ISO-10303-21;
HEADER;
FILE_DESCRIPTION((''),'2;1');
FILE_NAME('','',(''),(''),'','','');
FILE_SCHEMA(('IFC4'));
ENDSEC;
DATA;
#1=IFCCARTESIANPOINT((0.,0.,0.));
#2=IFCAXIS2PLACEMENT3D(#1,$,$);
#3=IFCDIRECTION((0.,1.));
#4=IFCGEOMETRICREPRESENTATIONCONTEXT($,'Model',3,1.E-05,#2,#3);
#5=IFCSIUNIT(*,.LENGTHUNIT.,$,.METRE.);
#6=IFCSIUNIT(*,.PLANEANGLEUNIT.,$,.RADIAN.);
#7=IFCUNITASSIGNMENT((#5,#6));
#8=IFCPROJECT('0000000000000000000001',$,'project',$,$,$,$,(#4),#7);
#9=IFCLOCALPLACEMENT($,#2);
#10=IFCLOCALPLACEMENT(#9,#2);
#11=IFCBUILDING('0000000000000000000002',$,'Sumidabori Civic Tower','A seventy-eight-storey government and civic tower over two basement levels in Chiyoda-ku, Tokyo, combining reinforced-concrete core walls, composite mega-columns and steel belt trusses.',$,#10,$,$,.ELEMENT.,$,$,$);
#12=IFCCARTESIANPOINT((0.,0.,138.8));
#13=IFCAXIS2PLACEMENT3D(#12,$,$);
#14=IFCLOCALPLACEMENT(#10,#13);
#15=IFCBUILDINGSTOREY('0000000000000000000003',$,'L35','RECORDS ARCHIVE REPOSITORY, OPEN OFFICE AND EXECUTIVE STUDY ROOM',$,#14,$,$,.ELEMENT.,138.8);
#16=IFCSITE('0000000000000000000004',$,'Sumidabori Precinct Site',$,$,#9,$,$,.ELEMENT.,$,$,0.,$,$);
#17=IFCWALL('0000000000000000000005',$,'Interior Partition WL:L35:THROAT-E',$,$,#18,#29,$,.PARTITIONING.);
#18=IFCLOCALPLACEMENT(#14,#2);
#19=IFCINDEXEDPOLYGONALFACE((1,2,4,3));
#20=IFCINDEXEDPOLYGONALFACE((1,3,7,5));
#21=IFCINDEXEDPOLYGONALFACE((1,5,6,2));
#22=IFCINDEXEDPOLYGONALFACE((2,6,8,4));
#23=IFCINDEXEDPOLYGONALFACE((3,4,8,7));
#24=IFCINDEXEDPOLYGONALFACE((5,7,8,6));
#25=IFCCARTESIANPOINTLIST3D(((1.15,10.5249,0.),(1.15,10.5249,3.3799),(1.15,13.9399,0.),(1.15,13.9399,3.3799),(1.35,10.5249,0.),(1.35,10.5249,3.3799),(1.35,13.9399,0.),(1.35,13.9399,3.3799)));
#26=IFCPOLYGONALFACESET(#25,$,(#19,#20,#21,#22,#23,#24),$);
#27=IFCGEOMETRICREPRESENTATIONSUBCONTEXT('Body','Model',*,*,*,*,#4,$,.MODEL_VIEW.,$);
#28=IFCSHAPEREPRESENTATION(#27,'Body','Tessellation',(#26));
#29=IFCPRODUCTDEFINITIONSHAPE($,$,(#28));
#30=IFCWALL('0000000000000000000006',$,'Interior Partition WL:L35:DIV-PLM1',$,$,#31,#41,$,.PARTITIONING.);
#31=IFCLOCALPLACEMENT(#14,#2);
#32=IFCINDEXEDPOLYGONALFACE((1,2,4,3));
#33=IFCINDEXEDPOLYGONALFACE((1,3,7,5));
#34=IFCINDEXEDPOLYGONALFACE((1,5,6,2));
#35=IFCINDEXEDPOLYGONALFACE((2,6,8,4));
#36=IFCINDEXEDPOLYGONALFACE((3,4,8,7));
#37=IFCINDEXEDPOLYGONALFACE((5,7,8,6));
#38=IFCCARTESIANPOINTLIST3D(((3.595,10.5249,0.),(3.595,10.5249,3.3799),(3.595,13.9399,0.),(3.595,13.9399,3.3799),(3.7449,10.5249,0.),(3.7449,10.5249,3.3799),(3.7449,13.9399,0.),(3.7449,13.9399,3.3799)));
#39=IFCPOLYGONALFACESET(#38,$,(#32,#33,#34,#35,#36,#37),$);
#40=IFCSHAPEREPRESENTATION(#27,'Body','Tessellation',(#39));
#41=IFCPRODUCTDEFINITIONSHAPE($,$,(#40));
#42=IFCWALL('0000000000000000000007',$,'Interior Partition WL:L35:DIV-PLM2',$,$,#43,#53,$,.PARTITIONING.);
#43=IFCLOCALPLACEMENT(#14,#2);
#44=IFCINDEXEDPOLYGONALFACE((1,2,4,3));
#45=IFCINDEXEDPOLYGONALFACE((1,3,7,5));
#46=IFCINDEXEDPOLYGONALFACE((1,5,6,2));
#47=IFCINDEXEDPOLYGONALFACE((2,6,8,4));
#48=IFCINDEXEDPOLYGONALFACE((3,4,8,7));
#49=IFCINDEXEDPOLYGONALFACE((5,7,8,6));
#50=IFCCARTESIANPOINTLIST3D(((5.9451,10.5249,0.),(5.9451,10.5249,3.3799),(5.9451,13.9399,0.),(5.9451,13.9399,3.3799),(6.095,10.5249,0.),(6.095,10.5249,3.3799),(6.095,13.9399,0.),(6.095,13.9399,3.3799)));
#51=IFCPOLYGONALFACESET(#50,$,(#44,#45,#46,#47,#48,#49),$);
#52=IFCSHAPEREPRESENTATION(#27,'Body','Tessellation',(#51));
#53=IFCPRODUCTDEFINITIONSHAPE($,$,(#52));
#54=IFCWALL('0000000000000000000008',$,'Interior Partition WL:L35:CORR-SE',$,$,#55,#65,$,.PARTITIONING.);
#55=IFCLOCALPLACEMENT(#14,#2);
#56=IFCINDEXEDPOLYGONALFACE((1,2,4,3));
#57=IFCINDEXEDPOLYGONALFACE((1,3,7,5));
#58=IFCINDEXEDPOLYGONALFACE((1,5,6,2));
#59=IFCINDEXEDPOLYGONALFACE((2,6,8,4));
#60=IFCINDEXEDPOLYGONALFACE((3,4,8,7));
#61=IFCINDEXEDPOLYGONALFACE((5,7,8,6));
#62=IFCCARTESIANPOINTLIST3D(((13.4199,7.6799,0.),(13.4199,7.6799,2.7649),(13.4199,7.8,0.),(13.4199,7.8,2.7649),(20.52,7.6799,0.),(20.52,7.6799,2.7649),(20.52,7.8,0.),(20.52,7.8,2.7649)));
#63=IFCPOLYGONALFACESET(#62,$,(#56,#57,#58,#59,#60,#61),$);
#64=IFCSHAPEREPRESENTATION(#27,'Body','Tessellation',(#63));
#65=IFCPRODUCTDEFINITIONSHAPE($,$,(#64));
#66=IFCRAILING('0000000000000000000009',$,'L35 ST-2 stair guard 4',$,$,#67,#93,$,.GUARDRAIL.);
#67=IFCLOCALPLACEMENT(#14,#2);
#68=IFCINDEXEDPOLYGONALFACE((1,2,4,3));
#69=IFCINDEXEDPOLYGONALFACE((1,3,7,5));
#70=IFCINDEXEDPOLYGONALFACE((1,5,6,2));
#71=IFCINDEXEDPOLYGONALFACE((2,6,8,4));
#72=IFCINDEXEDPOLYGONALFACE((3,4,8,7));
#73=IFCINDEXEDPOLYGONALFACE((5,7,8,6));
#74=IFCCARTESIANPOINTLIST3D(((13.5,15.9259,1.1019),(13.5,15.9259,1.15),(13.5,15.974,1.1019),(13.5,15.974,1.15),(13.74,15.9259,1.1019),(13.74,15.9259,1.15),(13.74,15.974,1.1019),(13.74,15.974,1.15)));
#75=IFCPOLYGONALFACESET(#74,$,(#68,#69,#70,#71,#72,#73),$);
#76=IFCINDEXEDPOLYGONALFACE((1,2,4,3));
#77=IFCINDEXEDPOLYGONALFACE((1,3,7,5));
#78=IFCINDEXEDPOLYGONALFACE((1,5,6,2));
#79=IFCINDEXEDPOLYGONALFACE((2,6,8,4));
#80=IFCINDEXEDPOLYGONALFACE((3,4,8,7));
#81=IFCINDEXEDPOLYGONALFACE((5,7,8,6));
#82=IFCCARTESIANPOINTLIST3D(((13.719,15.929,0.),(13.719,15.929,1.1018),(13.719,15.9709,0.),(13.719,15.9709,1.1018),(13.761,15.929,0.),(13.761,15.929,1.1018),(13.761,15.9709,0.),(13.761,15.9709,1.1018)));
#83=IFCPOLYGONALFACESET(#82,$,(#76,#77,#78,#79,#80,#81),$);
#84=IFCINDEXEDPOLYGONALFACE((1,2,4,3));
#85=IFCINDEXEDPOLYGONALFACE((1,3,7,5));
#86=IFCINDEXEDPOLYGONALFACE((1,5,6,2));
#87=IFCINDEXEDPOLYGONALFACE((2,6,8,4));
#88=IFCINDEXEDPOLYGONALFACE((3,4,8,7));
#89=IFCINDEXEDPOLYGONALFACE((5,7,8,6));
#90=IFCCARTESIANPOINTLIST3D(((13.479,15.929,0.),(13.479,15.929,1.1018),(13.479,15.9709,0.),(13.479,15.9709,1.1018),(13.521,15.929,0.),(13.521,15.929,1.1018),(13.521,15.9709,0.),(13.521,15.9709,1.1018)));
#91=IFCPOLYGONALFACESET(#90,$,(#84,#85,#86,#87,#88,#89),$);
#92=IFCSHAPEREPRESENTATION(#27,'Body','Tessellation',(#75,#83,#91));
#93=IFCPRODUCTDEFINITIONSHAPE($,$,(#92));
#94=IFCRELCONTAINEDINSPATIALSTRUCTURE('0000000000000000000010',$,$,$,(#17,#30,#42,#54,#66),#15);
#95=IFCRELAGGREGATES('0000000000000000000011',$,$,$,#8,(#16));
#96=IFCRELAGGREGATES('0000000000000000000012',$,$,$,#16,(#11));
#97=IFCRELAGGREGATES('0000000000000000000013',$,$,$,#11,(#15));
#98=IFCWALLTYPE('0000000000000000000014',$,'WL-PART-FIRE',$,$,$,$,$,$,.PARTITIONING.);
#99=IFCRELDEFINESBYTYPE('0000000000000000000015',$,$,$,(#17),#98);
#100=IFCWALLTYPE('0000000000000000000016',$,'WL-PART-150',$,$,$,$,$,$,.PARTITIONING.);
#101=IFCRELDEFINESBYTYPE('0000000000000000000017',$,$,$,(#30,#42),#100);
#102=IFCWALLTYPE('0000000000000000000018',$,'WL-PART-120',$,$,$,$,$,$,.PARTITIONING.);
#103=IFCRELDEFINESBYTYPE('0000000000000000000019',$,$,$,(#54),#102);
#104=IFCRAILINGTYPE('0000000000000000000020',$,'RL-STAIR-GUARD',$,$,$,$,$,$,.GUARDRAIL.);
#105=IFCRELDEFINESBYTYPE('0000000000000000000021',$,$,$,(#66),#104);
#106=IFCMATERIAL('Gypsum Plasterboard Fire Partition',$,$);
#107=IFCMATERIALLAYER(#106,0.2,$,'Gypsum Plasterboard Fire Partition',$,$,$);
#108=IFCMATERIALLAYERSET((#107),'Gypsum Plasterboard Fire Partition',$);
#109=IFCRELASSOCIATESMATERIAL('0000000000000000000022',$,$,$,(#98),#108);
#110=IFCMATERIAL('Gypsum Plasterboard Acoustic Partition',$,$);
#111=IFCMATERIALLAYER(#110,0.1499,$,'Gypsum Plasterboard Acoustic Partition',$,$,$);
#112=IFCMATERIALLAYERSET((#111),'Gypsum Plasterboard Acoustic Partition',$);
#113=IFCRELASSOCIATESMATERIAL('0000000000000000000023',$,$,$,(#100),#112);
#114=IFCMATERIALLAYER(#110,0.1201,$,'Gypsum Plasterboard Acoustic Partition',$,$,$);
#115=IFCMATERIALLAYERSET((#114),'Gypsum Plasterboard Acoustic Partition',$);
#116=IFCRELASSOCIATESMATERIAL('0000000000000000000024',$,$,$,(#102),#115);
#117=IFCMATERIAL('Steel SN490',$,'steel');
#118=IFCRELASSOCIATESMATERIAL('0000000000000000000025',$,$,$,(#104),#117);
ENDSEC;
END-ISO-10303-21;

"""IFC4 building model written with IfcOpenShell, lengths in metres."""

from ifc_helpers import new_model, si_unit, direction, frame, frame_2d, origin, origin_2d, place, context, subcontext, project, spatial, rectangle, extrude, source, transform, mapped, material, layer, layer_set, type_object, element, save


model = new_model("IFC4")

# Units and contexts
model_context = context("Model", 3, precision=1e-05, world=origin(), true_north=direction((0.0, 1.0)))
body_context = subcontext(model_context, "Body", "Model", "MODEL_VIEW")
ifc_project = project(units=[si_unit("LENGTHUNIT", "METRE"), si_unit("PLANEANGLEUNIT", "RADIAN")], contexts=[model_context])

# Site, building, storey
site_placement = place(None, origin())
site = spatial("IfcSite", under=ifc_project, at=site_placement, Name="Sumidabori Precinct Site", CompositionType="ELEMENT", RefElevation=0.0)
building_placement = place(site_placement, origin())
building = spatial("IfcBuilding", under=site, at=building_placement, Name="Sumidabori Civic Tower", Description="A seventy-eight-storey government and civic tower over two basement levels in Chiyoda-ku, Tokyo, combining reinforced-concrete core walls, composite mega-columns and steel belt trusses.", CompositionType="ELEMENT")
storey_placement = place(building_placement, frame((0.0, 0.0, 138.8)))
storey = spatial("IfcBuildingStorey", under=building, at=storey_placement, Name="L35", Description="RECORDS ARCHIVE REPOSITORY, OPEN OFFICE AND EXECUTIVE STUDY ROOM", CompositionType="ELEMENT", Elevation=138.8)

# Shared definitions
ifc_material_1 = material(Name="Steel SN490", Category="steel")

# Shared definitions
ifc_material_2 = material(Name="Gypsum Plasterboard Fire Partition")
ifc_layer_1 = layer(ifc_material_2, 0.2, Name="Gypsum Plasterboard Fire Partition")
ifc_layer_set_1 = layer_set([ifc_layer_1], Name="Gypsum Plasterboard Fire Partition")
wall_type_1 = type_object("IfcWallType", Name="WL-PART-FIRE", PredefinedType="PARTITIONING", material=ifc_layer_set_1)

# Walls
shared_shape_1 = source(origin(), body_context, "Body", "SweptSolid", [
    extrude(rectangle(XDim=3.415, YDim=0.2, at=frame_2d((1.7075, 0.0))), origin(), (0.0, 0.0, 1.0), 3.3799),
])
wall_1_placement = place(storey_placement, frame((1.25, 10.5249, 0.0), z_axis=(0.0, 0.0, 1.0), x_axis=(0.0, 1.0, 0.0)))
element("IfcWall", 1, at=wall_1_placement, inside=storey, type_object=wall_type_1, Name="Interior Partition WL:L35:THROAT-E", PredefinedType="PARTITIONING", context=body_context, shape_type="MappedRepresentation", body=[
    mapped(shared_shape_1, transform((0.0, 0.0, 0.0), x_axis=(1.0, 0.0, 0.0), y_axis=(0.0, 1.0, 0.0), z_axis=(0.0, 0.0, 1.0), scale=1.0)),
])
ifc_material_3 = material(Name="Gypsum Plasterboard Acoustic Partition")
ifc_layer_2 = layer(ifc_material_3, 0.1499, Name="Gypsum Plasterboard Acoustic Partition")
ifc_layer_set_2 = layer_set([ifc_layer_2], Name="Gypsum Plasterboard Acoustic Partition")
wall_type_2 = type_object("IfcWallType", Name="WL-PART-150", PredefinedType="PARTITIONING", material=ifc_layer_set_2)
shared_shape_2 = source(origin(), body_context, "Body", "SweptSolid", [
    extrude(rectangle(XDim=3.415, YDim=0.1499, at=frame_2d((1.7075, 0.0))), origin(), (0.0, 0.0, 1.0), 3.3799),
])
for number, where, z_axis, x_axis, name in (
    (2, (3.6699, 10.5249, 0.0), (0.0, 0.0, 1.0), (0.0, 1.0, 0.0), "Interior Partition WL:L35:DIV-PLM1"),
    (3, (6.02, 10.5249, 0.0), (0.0, 0.0, 1.0), (0.0, 1.0, 0.0), "Interior Partition WL:L35:DIV-PLM2"),
):
    element("IfcWall", number, at=place(storey_placement, frame(where, z_axis=z_axis, x_axis=x_axis)), inside=storey, type_object=wall_type_2, Name=name, PredefinedType="PARTITIONING", context=body_context, shape_type="MappedRepresentation", body=[
        mapped(shared_shape_2, transform((0.0, 0.0, 0.0), x_axis=(1.0, 0.0, 0.0), y_axis=(0.0, 1.0, 0.0), z_axis=(0.0, 0.0, 1.0), scale=1.0)),
    ])
ifc_layer_3 = layer(ifc_material_3, 0.1201, Name="Gypsum Plasterboard Acoustic Partition")
ifc_layer_set_3 = layer_set([ifc_layer_3], Name="Gypsum Plasterboard Acoustic Partition")
wall_type_3 = type_object("IfcWallType", Name="WL-PART-120", PredefinedType="PARTITIONING", material=ifc_layer_set_3)
shared_shape_3 = source(origin(), body_context, "Body", "SweptSolid", [
    extrude(rectangle(XDim=7.1001, YDim=0.1201, at=frame_2d((3.55, 0.0))), origin(), (0.0, 0.0, 1.0), 2.7649),
])
wall_2_placement = place(storey_placement, frame((13.4199, 7.74, 0.0), z_axis=(0.0, 0.0, 1.0), x_axis=(1.0, 0.0, 0.0)))
element("IfcWall", 4, at=wall_2_placement, inside=storey, type_object=wall_type_3, Name="Interior Partition WL:L35:CORR-SE", PredefinedType="PARTITIONING", context=body_context, shape_type="MappedRepresentation", body=[
    mapped(shared_shape_3, transform((0.0, 0.0, 0.0), x_axis=(1.0, 0.0, 0.0), y_axis=(0.0, 1.0, 0.0), z_axis=(0.0, 0.0, 1.0), scale=1.0)),
])

# Railing
railing_type = type_object("IfcRailingType", Name="RL-STAIR-GUARD", PredefinedType="GUARDRAIL", material=ifc_material_1)
railing_placement = place(storey_placement, frame((13.74, 15.95, 0.0)))
element("IfcRailing", 5, at=railing_placement, inside=storey, type_object=railing_type, Name="L35 ST-2 stair guard 4", PredefinedType="GUARDRAIL", context=body_context, shape_type="SweptSolid", body=[
    extrude(rectangle(XDim=0.0481, YDim=0.0481, at=origin_2d()), frame((0.0, 0.0, 1.126), z_axis=(-1.0, 0.0, 0.0), x_axis=(0.0, -1.0, 0.0)), (0.0, 0.0, 1.0), 0.24),
    extrude(rectangle(XDim=0.042, YDim=0.042, at=origin_2d()), origin(), (0.0, 0.0, 1.0), 1.1018),
    extrude(rectangle(XDim=0.042, YDim=0.042, at=origin_2d()), frame((-0.24, 0.0, 0.0)), (0.0, 0.0, 1.0), 1.1018),
])

save(model, "model.ifc")
